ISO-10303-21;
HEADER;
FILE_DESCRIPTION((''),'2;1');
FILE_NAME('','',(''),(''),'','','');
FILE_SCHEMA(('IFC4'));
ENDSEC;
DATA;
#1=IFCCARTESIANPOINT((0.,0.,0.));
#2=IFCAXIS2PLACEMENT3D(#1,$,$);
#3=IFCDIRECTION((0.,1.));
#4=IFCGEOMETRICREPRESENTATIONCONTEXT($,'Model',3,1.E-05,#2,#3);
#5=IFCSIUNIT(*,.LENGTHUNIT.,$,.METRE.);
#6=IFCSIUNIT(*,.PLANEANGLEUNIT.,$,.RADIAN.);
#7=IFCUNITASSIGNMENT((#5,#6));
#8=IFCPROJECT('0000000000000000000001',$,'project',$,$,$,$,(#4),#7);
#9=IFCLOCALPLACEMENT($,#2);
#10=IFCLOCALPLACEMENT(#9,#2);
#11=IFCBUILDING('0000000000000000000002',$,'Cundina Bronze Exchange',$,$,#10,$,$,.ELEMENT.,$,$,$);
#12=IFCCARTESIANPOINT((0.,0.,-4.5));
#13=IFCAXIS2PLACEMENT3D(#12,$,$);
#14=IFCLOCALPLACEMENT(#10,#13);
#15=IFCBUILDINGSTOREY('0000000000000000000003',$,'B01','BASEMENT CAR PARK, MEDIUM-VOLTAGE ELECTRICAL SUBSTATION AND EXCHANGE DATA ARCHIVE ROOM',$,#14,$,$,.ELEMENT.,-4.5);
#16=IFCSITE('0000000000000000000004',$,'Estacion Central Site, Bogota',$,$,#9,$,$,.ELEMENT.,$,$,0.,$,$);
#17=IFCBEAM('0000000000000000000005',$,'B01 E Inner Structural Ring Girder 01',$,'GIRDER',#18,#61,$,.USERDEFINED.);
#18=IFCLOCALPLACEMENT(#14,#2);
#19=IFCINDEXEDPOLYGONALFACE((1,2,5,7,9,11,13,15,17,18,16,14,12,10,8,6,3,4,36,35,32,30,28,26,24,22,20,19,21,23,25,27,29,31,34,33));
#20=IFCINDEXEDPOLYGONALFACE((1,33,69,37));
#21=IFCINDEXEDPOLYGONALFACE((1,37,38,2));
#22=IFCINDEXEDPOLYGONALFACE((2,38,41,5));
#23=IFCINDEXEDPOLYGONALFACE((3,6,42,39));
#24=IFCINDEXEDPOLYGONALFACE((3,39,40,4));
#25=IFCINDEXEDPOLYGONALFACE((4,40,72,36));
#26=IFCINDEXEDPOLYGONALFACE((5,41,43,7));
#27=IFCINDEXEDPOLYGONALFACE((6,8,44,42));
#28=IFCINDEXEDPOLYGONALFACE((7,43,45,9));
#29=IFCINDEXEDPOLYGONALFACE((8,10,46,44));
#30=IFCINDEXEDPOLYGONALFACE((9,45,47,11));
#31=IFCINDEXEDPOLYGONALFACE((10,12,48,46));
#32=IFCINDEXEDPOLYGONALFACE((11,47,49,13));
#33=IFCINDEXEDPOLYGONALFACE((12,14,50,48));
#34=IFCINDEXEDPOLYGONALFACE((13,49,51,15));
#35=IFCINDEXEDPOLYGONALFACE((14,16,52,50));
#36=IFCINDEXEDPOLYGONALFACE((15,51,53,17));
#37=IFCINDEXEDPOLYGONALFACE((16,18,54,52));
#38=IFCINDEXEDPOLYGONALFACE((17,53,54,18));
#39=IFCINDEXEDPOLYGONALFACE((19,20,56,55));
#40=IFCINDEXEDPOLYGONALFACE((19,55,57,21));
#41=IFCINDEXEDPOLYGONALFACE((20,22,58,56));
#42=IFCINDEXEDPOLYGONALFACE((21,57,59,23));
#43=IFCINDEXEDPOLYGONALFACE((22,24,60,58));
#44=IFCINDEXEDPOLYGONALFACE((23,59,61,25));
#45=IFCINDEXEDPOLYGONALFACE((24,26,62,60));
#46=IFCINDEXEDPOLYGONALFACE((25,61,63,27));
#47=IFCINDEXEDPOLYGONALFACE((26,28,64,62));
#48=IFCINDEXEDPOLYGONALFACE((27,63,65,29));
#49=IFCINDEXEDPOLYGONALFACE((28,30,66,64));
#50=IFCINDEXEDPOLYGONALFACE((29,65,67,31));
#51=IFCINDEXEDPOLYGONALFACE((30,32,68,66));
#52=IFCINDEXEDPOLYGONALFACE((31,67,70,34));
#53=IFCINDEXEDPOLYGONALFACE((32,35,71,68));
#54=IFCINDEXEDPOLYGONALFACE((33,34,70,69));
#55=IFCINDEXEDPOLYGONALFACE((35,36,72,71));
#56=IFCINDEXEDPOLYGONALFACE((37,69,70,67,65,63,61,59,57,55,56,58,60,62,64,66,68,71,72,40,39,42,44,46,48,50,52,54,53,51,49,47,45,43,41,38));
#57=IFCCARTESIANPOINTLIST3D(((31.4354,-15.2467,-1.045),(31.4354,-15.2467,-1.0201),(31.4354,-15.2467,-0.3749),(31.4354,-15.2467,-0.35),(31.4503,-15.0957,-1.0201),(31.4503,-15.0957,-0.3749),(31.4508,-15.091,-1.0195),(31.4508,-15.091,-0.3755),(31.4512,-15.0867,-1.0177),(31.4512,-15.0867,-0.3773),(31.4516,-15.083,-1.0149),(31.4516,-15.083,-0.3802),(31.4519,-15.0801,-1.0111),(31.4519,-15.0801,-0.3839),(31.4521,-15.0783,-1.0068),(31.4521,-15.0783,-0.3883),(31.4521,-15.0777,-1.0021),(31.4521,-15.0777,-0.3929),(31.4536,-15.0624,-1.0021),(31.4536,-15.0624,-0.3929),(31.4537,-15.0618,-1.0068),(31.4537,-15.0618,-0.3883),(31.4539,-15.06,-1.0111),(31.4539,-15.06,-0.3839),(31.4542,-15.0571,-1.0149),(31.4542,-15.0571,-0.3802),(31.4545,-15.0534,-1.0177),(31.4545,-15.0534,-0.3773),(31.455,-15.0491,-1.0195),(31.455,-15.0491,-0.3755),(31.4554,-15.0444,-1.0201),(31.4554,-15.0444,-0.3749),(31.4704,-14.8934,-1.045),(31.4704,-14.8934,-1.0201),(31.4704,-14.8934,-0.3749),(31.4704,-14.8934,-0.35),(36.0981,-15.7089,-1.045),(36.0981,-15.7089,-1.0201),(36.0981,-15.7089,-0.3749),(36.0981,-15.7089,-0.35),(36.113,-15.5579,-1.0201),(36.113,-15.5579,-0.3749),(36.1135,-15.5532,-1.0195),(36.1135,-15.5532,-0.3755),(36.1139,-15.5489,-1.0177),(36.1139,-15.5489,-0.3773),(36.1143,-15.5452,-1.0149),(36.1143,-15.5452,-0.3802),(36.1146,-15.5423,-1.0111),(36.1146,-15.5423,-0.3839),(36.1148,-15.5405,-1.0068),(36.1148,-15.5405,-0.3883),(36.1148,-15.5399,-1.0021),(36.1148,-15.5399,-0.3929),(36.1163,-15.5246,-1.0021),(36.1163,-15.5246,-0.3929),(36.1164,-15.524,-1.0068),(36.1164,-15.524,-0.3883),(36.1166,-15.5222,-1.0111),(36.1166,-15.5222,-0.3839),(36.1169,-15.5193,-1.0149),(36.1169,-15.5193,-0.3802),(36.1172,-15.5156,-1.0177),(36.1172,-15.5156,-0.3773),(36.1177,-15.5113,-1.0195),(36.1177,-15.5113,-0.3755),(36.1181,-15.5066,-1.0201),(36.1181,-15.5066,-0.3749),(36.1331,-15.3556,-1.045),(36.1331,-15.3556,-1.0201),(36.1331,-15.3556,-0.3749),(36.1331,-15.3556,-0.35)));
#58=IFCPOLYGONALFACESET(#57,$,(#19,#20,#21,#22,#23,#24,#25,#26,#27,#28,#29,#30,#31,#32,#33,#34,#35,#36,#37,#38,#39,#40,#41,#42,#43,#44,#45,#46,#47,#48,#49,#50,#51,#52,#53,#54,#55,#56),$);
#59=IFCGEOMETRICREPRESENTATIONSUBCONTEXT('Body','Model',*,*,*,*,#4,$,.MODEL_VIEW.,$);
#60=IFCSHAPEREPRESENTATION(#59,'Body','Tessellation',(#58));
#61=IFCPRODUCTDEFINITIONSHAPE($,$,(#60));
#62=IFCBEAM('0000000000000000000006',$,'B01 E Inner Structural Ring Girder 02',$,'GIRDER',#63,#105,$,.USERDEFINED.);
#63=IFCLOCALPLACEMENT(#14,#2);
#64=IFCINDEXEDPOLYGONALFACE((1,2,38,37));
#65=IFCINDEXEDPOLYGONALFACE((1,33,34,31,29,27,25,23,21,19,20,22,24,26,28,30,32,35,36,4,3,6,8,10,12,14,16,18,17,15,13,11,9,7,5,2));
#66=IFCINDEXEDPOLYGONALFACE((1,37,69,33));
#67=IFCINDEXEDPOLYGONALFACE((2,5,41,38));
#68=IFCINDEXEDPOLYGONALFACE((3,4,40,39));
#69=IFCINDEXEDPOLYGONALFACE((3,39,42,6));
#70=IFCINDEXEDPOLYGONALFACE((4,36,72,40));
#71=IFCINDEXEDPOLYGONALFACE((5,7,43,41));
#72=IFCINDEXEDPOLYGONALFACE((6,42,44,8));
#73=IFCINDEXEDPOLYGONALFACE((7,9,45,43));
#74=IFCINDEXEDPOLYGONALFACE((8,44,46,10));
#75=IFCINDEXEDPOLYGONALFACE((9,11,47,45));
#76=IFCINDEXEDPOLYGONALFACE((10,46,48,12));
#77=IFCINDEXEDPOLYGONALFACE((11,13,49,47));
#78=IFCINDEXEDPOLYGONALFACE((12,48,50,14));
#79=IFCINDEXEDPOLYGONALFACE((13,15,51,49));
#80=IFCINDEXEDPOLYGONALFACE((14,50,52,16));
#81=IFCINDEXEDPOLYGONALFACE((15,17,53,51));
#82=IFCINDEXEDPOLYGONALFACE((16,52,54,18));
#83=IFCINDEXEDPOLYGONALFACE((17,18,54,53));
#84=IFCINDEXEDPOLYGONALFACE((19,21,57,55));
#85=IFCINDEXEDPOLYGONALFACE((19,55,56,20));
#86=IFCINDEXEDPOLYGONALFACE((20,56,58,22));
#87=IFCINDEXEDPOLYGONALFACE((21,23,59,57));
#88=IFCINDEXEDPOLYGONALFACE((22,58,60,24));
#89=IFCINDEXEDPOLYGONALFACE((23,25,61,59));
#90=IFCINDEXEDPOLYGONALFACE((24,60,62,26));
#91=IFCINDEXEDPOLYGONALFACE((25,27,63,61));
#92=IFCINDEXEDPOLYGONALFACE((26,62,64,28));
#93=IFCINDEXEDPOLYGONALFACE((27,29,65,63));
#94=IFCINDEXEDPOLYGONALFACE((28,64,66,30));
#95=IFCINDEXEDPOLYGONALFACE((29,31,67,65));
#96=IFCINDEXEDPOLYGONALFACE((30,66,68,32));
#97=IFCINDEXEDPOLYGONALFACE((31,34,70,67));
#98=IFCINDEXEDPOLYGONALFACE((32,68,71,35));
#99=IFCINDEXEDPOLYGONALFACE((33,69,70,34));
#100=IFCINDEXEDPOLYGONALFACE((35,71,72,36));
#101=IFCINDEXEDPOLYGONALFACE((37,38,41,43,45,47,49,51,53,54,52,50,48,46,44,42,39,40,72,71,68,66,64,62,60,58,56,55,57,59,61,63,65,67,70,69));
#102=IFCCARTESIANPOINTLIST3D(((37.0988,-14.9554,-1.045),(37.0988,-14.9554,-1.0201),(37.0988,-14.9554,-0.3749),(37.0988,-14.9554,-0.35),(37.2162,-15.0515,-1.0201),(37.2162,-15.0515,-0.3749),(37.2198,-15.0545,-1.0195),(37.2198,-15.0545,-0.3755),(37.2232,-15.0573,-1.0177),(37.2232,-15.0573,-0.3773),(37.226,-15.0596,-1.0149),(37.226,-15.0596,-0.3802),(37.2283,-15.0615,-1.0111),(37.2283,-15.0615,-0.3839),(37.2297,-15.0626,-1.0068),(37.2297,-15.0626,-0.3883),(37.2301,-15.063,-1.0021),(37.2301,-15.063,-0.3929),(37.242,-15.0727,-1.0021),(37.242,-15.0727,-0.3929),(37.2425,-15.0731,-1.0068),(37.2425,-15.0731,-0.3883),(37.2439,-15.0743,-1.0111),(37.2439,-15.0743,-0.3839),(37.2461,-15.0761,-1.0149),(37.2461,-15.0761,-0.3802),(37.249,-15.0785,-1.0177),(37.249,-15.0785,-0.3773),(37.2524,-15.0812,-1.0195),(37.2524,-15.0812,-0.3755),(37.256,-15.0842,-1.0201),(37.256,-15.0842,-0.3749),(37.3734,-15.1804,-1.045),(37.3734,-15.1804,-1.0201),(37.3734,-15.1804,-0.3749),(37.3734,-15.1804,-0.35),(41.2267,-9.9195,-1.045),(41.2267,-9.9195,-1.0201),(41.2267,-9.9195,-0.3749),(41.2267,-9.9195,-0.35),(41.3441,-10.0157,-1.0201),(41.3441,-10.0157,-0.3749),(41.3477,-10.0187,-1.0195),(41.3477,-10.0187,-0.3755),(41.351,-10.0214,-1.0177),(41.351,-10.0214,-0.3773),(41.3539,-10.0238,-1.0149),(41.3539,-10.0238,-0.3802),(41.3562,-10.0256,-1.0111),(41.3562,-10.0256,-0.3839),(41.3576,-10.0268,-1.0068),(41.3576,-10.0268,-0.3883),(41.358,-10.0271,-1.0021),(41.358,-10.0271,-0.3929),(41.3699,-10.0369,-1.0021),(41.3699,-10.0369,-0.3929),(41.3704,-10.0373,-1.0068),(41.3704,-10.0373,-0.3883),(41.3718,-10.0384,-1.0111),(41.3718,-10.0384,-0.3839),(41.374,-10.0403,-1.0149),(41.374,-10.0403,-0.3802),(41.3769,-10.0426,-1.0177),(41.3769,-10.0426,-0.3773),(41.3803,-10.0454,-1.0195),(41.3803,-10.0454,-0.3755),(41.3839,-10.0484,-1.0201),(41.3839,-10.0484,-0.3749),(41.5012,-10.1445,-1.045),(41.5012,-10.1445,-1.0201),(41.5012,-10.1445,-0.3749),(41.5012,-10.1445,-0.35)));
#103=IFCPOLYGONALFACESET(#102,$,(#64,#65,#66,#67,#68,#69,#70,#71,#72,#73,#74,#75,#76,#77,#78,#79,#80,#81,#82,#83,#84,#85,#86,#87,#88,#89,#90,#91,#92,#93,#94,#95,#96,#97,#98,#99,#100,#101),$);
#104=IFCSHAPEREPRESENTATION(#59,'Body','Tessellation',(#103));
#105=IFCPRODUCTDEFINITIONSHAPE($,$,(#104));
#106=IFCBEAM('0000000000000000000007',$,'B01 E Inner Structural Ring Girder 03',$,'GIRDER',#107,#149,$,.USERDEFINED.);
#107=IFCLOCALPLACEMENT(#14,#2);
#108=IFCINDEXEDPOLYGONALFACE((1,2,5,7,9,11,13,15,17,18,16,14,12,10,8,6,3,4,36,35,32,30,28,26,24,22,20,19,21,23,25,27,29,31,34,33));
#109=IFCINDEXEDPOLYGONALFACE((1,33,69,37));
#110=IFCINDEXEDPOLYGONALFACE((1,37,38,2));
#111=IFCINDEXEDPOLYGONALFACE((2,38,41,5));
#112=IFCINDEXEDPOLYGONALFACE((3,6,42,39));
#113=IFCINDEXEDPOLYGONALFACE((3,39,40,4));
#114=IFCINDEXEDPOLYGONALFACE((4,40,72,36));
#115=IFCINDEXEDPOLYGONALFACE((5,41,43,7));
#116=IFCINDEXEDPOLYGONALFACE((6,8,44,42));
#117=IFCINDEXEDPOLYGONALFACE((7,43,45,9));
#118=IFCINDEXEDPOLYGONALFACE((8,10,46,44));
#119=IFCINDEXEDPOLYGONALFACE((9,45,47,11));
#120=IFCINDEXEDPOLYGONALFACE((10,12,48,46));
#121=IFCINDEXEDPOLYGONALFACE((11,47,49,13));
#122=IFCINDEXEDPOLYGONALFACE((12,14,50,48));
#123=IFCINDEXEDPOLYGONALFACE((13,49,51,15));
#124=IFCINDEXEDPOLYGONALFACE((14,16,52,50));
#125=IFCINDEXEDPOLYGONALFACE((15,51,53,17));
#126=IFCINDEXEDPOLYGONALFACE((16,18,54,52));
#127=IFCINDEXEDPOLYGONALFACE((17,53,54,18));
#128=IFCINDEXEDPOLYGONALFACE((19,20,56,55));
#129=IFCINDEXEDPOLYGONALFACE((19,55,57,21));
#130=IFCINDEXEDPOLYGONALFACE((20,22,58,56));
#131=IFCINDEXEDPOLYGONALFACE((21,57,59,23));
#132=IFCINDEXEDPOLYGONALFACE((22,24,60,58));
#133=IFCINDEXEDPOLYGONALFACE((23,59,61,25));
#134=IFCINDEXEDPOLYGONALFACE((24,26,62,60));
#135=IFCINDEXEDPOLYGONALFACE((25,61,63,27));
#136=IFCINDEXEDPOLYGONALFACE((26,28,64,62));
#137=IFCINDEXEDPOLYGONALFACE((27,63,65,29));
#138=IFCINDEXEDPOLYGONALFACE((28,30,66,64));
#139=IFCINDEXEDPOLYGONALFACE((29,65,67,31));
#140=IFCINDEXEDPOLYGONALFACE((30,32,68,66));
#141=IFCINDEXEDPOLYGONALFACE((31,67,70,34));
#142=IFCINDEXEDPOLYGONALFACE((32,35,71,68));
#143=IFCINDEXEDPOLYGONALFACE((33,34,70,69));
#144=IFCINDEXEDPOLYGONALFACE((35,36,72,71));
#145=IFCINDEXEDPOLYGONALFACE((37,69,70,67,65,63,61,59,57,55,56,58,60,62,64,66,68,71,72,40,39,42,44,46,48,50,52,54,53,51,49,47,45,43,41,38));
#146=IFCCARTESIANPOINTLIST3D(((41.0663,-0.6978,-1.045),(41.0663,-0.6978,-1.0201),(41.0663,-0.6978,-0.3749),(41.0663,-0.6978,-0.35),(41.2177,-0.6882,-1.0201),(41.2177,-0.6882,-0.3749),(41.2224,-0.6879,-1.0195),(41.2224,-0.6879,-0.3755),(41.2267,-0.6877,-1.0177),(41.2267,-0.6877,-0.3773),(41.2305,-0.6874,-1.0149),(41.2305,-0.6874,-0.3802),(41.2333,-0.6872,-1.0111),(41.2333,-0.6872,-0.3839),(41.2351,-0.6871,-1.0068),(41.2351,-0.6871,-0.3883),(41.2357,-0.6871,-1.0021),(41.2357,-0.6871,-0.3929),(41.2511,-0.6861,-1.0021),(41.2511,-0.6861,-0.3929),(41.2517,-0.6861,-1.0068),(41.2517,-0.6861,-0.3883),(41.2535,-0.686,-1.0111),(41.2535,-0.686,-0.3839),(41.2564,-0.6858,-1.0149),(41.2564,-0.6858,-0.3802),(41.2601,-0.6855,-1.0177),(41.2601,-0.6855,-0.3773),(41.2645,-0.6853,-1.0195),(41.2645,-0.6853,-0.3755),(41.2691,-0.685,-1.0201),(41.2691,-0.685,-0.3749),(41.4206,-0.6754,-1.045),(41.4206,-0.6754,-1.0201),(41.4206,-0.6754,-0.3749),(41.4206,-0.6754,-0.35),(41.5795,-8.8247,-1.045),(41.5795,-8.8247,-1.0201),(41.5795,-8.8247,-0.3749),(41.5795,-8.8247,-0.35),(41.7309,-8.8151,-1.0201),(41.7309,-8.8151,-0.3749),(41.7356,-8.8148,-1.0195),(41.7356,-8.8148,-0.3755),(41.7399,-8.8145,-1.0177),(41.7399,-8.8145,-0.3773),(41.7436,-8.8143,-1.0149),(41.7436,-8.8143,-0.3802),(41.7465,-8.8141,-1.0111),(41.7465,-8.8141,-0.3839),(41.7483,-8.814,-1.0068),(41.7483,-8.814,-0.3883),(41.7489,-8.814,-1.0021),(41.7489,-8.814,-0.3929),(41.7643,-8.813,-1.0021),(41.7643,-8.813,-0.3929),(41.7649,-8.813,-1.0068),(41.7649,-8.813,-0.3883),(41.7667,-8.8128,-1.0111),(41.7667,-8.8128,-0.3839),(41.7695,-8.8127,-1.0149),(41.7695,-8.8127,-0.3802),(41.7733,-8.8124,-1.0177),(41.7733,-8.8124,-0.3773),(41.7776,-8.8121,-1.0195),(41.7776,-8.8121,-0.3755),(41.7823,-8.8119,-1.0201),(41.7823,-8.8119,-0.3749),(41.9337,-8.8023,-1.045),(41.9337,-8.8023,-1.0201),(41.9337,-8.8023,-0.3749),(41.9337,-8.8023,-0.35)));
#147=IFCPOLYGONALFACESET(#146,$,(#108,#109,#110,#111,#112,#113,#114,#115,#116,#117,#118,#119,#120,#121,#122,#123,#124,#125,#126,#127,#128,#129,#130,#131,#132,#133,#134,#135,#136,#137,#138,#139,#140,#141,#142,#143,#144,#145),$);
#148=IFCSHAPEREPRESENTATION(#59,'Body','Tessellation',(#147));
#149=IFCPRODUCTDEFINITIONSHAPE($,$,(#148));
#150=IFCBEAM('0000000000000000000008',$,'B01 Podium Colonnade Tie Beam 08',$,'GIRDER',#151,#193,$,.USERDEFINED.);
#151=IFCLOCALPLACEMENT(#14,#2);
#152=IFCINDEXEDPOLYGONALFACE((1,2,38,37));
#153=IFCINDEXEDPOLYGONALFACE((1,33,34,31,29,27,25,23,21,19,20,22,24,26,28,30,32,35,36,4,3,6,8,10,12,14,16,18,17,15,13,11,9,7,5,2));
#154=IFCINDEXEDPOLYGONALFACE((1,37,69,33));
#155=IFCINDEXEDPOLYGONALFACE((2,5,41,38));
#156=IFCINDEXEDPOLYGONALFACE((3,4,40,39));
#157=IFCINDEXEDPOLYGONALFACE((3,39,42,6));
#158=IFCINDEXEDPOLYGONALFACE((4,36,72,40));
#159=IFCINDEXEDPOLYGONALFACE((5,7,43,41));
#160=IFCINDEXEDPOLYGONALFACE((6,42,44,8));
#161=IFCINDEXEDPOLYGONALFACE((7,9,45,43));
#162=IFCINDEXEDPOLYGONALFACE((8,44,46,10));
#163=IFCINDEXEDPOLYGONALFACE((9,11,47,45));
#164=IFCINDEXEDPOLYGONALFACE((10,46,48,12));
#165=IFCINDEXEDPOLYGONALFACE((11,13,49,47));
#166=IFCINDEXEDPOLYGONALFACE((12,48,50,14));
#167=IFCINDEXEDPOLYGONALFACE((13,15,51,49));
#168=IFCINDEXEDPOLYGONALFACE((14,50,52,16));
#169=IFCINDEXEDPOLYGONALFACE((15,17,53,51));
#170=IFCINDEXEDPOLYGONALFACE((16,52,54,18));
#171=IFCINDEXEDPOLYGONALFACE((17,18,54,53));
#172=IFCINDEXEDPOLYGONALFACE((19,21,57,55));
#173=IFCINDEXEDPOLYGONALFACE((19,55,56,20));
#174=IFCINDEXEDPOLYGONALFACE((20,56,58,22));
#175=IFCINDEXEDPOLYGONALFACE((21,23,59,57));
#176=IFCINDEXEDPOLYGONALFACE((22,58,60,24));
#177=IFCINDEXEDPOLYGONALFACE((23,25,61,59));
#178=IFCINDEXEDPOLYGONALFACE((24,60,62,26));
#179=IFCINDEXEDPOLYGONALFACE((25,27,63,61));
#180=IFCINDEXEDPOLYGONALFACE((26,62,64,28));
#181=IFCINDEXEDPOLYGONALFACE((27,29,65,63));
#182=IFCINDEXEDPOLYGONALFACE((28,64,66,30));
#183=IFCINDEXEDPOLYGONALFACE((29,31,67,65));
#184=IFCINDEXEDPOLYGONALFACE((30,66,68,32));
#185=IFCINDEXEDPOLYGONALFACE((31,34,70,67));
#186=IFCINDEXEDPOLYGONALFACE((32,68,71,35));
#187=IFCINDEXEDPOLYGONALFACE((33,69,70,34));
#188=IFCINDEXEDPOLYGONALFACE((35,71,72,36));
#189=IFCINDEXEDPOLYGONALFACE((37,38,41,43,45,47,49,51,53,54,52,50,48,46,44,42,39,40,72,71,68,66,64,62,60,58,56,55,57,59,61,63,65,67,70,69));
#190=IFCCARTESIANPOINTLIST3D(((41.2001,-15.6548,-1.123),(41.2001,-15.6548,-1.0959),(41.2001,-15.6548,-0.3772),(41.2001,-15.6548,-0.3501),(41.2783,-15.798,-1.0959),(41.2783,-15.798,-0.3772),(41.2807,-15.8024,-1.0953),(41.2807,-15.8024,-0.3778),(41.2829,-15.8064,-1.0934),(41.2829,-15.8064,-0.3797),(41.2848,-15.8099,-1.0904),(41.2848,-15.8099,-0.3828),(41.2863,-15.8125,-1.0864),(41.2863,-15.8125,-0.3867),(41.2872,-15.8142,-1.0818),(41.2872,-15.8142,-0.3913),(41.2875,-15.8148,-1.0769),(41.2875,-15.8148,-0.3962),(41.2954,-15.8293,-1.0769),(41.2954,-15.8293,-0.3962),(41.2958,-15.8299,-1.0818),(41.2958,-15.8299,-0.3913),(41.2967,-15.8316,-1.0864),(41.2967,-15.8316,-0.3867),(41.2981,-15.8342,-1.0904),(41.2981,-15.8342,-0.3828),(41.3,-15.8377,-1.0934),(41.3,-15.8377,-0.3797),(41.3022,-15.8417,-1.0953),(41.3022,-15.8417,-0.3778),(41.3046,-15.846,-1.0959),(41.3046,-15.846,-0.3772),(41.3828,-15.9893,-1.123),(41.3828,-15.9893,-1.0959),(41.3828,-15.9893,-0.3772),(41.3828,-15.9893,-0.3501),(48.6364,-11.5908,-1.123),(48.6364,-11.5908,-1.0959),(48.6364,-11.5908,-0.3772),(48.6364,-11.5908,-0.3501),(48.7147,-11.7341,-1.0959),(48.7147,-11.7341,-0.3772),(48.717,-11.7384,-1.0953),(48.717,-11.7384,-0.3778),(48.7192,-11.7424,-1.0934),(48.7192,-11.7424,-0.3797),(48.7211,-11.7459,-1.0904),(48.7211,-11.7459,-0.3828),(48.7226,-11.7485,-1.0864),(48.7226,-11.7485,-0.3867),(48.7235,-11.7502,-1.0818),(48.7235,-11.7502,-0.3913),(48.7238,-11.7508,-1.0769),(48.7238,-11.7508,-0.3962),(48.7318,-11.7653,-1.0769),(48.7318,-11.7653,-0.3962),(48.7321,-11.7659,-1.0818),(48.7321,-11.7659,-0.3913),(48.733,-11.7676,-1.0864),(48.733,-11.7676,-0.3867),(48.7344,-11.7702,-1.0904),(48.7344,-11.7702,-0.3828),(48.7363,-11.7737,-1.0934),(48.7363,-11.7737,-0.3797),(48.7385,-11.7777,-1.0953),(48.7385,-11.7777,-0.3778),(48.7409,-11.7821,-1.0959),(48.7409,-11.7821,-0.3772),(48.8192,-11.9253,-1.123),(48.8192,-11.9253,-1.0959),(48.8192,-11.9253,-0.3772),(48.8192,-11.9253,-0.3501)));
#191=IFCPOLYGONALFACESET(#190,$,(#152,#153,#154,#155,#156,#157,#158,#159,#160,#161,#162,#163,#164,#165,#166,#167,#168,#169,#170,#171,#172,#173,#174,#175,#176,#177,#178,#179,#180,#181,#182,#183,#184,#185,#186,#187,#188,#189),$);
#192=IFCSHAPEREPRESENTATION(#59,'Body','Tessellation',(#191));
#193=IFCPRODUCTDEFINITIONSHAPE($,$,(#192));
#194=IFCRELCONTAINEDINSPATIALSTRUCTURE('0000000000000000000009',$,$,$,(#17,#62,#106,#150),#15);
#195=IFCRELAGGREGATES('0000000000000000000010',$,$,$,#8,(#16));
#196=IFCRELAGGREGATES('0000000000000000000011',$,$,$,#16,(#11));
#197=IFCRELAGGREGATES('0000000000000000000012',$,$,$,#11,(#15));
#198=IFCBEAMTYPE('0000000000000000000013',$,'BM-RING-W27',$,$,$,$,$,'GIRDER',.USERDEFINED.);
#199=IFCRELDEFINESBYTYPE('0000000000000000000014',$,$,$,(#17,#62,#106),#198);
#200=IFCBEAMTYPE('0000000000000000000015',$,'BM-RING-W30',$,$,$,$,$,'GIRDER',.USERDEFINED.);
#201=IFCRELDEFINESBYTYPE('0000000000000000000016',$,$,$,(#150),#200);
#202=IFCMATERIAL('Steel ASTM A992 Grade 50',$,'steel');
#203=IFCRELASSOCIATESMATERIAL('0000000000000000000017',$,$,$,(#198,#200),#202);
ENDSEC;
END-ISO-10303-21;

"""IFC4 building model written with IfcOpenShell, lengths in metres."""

from ifc_helpers import new_model, si_unit, direction, frame, origin, origin_2d, place, context, subcontext, project, spatial, i_section, extrude, material, material_profile, profile_set, type_object, element, save


model = new_model("IFC4")

# Units and contexts
model_context = context("Model", 3, precision=1e-05, world=origin(), true_north=direction((0.0, 1.0)))
body_context = subcontext(model_context, "Body", "Model", "MODEL_VIEW")
ifc_project = project(units=[si_unit("LENGTHUNIT", "METRE"), si_unit("PLANEANGLEUNIT", "RADIAN")], contexts=[model_context])

# Site, building, storey
site_placement = place(None, origin())
site = spatial("IfcSite", under=ifc_project, at=site_placement, Name="Estacion Central Site, Bogota", CompositionType="ELEMENT", RefElevation=0.0)
building_placement = place(site_placement, origin())
building = spatial("IfcBuilding", under=site, at=building_placement, Name="Cundina Bronze Exchange", CompositionType="ELEMENT")
storey_placement = place(building_placement, frame((0.0, 0.0, -4.5)))
storey = spatial("IfcBuildingStorey", under=building, at=storey_placement, Name="B01", Description="BASEMENT CAR PARK, MEDIUM-VOLTAGE ELECTRICAL SUBSTATION AND EXCHANGE DATA ARCHIVE ROOM", CompositionType="ELEMENT", Elevation=-4.5)

# Shared definitions
ifc_material_1 = material(Name="Steel ASTM A992 Grade 50", Category="steel")

# Beams
ifc_material_profile_1 = material_profile(ifc_material_1, i_section(OverallWidth=0.355, OverallDepth=0.6951, WebThickness=0.0154, FlangeThickness=0.0249, FilletRadius=0.0181, at=origin_2d()), Name="W27X146", Category="steel")
ifc_profile_set_1 = profile_set([ifc_material_profile_1], Name="Steel ASTM A992 Grade 50")
beam_type_1 = type_object("IfcBeamType", Name="BM-RING-W27", ElementType="GIRDER", PredefinedType="USERDEFINED", material=ifc_profile_set_1)
beam_1_placement = place(storey_placement, frame((31.4529, -15.0701, -0.6975), z_axis=(0.995123, -0.098637, 0.0), x_axis=(0.098637, 0.995123, 0.0)))
element("IfcBeam", 1, at=beam_1_placement, inside=storey, type_object=beam_type_1, Name="B01 E Inner Structural Ring Girder 01", ObjectType="GIRDER", PredefinedType="USERDEFINED", context=body_context, shape_type="SweptSolid", body=[
    extrude(i_section(OverallWidth=0.355, OverallDepth=0.6951, WebThickness=0.0154, FlangeThickness=0.0249, FilletRadius=0.0181, at=origin_2d()), origin(), (0.0, 0.0, 1.0), 4.6855),
])
beam_2_placement = place(storey_placement, frame((37.2361, -15.0679, -0.6975), z_axis=(0.633942, 0.773381, 0.0), x_axis=(-0.773381, 0.633942, 0.0)))
element("IfcBeam", 2, at=beam_2_placement, inside=storey, type_object=beam_type_1, Name="B01 E Inner Structural Ring Girder 02", ObjectType="GIRDER", PredefinedType="USERDEFINED", context=body_context, shape_type="SweptSolid", body=[
    extrude(i_section(OverallWidth=0.355, OverallDepth=0.6951, WebThickness=0.0154, FlangeThickness=0.0249, FilletRadius=0.0181, at=origin_2d()), origin(), (0.0, 0.0, 1.0), 6.5115),
])
beam_3_placement = place(storey_placement, frame((41.7566, -8.8135, -0.6975), z_axis=(-0.06302, 0.998012, 0.0), x_axis=(-0.998012, -0.06302, 0.0)))
element("IfcBeam", 3, at=beam_3_placement, inside=storey, type_object=beam_type_1, Name="B01 E Inner Structural Ring Girder 03", ObjectType="GIRDER", PredefinedType="USERDEFINED", context=body_context, shape_type="SweptSolid", body=[
    extrude(i_section(OverallWidth=0.355, OverallDepth=0.6951, WebThickness=0.0154, FlangeThickness=0.0249, FilletRadius=0.0181, at=origin_2d()), origin(), (0.0, 0.0, 1.0), 8.1431),
])
ifc_material_profile_2 = material_profile(ifc_material_1, i_section(OverallWidth=0.3811, OverallDepth=0.7729, WebThickness=0.0166, FlangeThickness=0.0271, FilletRadius=0.019, at=origin_2d()), Name="W30X173", Category="steel")
ifc_profile_set_2 = profile_set([ifc_material_profile_2], Name="Steel ASTM A992 Grade 50")
beam_type_2 = type_object("IfcBeamType", Name="BM-RING-W30", ElementType="GIRDER", PredefinedType="USERDEFINED", material=ifc_profile_set_2)
beam_4_placement = place(storey_placement, frame((48.7278, -11.7581, -0.7366), z_axis=(-0.877508, -0.479562, 0.0), x_axis=(0.479562, -0.877508, 0.0)))
element("IfcBeam", 4, at=beam_4_placement, inside=storey, type_object=beam_type_2, Name="B01 Podium Colonnade Tie Beam 08", ObjectType="GIRDER", PredefinedType="USERDEFINED", context=body_context, shape_type="SweptSolid", body=[
    extrude(i_section(OverallWidth=0.3811, OverallDepth=0.7729, WebThickness=0.0166, FlangeThickness=0.0271, FilletRadius=0.019, at=origin_2d()), origin(), (0.0, 0.0, 1.0), 8.4744),
])

save(model, "model.ifc")
